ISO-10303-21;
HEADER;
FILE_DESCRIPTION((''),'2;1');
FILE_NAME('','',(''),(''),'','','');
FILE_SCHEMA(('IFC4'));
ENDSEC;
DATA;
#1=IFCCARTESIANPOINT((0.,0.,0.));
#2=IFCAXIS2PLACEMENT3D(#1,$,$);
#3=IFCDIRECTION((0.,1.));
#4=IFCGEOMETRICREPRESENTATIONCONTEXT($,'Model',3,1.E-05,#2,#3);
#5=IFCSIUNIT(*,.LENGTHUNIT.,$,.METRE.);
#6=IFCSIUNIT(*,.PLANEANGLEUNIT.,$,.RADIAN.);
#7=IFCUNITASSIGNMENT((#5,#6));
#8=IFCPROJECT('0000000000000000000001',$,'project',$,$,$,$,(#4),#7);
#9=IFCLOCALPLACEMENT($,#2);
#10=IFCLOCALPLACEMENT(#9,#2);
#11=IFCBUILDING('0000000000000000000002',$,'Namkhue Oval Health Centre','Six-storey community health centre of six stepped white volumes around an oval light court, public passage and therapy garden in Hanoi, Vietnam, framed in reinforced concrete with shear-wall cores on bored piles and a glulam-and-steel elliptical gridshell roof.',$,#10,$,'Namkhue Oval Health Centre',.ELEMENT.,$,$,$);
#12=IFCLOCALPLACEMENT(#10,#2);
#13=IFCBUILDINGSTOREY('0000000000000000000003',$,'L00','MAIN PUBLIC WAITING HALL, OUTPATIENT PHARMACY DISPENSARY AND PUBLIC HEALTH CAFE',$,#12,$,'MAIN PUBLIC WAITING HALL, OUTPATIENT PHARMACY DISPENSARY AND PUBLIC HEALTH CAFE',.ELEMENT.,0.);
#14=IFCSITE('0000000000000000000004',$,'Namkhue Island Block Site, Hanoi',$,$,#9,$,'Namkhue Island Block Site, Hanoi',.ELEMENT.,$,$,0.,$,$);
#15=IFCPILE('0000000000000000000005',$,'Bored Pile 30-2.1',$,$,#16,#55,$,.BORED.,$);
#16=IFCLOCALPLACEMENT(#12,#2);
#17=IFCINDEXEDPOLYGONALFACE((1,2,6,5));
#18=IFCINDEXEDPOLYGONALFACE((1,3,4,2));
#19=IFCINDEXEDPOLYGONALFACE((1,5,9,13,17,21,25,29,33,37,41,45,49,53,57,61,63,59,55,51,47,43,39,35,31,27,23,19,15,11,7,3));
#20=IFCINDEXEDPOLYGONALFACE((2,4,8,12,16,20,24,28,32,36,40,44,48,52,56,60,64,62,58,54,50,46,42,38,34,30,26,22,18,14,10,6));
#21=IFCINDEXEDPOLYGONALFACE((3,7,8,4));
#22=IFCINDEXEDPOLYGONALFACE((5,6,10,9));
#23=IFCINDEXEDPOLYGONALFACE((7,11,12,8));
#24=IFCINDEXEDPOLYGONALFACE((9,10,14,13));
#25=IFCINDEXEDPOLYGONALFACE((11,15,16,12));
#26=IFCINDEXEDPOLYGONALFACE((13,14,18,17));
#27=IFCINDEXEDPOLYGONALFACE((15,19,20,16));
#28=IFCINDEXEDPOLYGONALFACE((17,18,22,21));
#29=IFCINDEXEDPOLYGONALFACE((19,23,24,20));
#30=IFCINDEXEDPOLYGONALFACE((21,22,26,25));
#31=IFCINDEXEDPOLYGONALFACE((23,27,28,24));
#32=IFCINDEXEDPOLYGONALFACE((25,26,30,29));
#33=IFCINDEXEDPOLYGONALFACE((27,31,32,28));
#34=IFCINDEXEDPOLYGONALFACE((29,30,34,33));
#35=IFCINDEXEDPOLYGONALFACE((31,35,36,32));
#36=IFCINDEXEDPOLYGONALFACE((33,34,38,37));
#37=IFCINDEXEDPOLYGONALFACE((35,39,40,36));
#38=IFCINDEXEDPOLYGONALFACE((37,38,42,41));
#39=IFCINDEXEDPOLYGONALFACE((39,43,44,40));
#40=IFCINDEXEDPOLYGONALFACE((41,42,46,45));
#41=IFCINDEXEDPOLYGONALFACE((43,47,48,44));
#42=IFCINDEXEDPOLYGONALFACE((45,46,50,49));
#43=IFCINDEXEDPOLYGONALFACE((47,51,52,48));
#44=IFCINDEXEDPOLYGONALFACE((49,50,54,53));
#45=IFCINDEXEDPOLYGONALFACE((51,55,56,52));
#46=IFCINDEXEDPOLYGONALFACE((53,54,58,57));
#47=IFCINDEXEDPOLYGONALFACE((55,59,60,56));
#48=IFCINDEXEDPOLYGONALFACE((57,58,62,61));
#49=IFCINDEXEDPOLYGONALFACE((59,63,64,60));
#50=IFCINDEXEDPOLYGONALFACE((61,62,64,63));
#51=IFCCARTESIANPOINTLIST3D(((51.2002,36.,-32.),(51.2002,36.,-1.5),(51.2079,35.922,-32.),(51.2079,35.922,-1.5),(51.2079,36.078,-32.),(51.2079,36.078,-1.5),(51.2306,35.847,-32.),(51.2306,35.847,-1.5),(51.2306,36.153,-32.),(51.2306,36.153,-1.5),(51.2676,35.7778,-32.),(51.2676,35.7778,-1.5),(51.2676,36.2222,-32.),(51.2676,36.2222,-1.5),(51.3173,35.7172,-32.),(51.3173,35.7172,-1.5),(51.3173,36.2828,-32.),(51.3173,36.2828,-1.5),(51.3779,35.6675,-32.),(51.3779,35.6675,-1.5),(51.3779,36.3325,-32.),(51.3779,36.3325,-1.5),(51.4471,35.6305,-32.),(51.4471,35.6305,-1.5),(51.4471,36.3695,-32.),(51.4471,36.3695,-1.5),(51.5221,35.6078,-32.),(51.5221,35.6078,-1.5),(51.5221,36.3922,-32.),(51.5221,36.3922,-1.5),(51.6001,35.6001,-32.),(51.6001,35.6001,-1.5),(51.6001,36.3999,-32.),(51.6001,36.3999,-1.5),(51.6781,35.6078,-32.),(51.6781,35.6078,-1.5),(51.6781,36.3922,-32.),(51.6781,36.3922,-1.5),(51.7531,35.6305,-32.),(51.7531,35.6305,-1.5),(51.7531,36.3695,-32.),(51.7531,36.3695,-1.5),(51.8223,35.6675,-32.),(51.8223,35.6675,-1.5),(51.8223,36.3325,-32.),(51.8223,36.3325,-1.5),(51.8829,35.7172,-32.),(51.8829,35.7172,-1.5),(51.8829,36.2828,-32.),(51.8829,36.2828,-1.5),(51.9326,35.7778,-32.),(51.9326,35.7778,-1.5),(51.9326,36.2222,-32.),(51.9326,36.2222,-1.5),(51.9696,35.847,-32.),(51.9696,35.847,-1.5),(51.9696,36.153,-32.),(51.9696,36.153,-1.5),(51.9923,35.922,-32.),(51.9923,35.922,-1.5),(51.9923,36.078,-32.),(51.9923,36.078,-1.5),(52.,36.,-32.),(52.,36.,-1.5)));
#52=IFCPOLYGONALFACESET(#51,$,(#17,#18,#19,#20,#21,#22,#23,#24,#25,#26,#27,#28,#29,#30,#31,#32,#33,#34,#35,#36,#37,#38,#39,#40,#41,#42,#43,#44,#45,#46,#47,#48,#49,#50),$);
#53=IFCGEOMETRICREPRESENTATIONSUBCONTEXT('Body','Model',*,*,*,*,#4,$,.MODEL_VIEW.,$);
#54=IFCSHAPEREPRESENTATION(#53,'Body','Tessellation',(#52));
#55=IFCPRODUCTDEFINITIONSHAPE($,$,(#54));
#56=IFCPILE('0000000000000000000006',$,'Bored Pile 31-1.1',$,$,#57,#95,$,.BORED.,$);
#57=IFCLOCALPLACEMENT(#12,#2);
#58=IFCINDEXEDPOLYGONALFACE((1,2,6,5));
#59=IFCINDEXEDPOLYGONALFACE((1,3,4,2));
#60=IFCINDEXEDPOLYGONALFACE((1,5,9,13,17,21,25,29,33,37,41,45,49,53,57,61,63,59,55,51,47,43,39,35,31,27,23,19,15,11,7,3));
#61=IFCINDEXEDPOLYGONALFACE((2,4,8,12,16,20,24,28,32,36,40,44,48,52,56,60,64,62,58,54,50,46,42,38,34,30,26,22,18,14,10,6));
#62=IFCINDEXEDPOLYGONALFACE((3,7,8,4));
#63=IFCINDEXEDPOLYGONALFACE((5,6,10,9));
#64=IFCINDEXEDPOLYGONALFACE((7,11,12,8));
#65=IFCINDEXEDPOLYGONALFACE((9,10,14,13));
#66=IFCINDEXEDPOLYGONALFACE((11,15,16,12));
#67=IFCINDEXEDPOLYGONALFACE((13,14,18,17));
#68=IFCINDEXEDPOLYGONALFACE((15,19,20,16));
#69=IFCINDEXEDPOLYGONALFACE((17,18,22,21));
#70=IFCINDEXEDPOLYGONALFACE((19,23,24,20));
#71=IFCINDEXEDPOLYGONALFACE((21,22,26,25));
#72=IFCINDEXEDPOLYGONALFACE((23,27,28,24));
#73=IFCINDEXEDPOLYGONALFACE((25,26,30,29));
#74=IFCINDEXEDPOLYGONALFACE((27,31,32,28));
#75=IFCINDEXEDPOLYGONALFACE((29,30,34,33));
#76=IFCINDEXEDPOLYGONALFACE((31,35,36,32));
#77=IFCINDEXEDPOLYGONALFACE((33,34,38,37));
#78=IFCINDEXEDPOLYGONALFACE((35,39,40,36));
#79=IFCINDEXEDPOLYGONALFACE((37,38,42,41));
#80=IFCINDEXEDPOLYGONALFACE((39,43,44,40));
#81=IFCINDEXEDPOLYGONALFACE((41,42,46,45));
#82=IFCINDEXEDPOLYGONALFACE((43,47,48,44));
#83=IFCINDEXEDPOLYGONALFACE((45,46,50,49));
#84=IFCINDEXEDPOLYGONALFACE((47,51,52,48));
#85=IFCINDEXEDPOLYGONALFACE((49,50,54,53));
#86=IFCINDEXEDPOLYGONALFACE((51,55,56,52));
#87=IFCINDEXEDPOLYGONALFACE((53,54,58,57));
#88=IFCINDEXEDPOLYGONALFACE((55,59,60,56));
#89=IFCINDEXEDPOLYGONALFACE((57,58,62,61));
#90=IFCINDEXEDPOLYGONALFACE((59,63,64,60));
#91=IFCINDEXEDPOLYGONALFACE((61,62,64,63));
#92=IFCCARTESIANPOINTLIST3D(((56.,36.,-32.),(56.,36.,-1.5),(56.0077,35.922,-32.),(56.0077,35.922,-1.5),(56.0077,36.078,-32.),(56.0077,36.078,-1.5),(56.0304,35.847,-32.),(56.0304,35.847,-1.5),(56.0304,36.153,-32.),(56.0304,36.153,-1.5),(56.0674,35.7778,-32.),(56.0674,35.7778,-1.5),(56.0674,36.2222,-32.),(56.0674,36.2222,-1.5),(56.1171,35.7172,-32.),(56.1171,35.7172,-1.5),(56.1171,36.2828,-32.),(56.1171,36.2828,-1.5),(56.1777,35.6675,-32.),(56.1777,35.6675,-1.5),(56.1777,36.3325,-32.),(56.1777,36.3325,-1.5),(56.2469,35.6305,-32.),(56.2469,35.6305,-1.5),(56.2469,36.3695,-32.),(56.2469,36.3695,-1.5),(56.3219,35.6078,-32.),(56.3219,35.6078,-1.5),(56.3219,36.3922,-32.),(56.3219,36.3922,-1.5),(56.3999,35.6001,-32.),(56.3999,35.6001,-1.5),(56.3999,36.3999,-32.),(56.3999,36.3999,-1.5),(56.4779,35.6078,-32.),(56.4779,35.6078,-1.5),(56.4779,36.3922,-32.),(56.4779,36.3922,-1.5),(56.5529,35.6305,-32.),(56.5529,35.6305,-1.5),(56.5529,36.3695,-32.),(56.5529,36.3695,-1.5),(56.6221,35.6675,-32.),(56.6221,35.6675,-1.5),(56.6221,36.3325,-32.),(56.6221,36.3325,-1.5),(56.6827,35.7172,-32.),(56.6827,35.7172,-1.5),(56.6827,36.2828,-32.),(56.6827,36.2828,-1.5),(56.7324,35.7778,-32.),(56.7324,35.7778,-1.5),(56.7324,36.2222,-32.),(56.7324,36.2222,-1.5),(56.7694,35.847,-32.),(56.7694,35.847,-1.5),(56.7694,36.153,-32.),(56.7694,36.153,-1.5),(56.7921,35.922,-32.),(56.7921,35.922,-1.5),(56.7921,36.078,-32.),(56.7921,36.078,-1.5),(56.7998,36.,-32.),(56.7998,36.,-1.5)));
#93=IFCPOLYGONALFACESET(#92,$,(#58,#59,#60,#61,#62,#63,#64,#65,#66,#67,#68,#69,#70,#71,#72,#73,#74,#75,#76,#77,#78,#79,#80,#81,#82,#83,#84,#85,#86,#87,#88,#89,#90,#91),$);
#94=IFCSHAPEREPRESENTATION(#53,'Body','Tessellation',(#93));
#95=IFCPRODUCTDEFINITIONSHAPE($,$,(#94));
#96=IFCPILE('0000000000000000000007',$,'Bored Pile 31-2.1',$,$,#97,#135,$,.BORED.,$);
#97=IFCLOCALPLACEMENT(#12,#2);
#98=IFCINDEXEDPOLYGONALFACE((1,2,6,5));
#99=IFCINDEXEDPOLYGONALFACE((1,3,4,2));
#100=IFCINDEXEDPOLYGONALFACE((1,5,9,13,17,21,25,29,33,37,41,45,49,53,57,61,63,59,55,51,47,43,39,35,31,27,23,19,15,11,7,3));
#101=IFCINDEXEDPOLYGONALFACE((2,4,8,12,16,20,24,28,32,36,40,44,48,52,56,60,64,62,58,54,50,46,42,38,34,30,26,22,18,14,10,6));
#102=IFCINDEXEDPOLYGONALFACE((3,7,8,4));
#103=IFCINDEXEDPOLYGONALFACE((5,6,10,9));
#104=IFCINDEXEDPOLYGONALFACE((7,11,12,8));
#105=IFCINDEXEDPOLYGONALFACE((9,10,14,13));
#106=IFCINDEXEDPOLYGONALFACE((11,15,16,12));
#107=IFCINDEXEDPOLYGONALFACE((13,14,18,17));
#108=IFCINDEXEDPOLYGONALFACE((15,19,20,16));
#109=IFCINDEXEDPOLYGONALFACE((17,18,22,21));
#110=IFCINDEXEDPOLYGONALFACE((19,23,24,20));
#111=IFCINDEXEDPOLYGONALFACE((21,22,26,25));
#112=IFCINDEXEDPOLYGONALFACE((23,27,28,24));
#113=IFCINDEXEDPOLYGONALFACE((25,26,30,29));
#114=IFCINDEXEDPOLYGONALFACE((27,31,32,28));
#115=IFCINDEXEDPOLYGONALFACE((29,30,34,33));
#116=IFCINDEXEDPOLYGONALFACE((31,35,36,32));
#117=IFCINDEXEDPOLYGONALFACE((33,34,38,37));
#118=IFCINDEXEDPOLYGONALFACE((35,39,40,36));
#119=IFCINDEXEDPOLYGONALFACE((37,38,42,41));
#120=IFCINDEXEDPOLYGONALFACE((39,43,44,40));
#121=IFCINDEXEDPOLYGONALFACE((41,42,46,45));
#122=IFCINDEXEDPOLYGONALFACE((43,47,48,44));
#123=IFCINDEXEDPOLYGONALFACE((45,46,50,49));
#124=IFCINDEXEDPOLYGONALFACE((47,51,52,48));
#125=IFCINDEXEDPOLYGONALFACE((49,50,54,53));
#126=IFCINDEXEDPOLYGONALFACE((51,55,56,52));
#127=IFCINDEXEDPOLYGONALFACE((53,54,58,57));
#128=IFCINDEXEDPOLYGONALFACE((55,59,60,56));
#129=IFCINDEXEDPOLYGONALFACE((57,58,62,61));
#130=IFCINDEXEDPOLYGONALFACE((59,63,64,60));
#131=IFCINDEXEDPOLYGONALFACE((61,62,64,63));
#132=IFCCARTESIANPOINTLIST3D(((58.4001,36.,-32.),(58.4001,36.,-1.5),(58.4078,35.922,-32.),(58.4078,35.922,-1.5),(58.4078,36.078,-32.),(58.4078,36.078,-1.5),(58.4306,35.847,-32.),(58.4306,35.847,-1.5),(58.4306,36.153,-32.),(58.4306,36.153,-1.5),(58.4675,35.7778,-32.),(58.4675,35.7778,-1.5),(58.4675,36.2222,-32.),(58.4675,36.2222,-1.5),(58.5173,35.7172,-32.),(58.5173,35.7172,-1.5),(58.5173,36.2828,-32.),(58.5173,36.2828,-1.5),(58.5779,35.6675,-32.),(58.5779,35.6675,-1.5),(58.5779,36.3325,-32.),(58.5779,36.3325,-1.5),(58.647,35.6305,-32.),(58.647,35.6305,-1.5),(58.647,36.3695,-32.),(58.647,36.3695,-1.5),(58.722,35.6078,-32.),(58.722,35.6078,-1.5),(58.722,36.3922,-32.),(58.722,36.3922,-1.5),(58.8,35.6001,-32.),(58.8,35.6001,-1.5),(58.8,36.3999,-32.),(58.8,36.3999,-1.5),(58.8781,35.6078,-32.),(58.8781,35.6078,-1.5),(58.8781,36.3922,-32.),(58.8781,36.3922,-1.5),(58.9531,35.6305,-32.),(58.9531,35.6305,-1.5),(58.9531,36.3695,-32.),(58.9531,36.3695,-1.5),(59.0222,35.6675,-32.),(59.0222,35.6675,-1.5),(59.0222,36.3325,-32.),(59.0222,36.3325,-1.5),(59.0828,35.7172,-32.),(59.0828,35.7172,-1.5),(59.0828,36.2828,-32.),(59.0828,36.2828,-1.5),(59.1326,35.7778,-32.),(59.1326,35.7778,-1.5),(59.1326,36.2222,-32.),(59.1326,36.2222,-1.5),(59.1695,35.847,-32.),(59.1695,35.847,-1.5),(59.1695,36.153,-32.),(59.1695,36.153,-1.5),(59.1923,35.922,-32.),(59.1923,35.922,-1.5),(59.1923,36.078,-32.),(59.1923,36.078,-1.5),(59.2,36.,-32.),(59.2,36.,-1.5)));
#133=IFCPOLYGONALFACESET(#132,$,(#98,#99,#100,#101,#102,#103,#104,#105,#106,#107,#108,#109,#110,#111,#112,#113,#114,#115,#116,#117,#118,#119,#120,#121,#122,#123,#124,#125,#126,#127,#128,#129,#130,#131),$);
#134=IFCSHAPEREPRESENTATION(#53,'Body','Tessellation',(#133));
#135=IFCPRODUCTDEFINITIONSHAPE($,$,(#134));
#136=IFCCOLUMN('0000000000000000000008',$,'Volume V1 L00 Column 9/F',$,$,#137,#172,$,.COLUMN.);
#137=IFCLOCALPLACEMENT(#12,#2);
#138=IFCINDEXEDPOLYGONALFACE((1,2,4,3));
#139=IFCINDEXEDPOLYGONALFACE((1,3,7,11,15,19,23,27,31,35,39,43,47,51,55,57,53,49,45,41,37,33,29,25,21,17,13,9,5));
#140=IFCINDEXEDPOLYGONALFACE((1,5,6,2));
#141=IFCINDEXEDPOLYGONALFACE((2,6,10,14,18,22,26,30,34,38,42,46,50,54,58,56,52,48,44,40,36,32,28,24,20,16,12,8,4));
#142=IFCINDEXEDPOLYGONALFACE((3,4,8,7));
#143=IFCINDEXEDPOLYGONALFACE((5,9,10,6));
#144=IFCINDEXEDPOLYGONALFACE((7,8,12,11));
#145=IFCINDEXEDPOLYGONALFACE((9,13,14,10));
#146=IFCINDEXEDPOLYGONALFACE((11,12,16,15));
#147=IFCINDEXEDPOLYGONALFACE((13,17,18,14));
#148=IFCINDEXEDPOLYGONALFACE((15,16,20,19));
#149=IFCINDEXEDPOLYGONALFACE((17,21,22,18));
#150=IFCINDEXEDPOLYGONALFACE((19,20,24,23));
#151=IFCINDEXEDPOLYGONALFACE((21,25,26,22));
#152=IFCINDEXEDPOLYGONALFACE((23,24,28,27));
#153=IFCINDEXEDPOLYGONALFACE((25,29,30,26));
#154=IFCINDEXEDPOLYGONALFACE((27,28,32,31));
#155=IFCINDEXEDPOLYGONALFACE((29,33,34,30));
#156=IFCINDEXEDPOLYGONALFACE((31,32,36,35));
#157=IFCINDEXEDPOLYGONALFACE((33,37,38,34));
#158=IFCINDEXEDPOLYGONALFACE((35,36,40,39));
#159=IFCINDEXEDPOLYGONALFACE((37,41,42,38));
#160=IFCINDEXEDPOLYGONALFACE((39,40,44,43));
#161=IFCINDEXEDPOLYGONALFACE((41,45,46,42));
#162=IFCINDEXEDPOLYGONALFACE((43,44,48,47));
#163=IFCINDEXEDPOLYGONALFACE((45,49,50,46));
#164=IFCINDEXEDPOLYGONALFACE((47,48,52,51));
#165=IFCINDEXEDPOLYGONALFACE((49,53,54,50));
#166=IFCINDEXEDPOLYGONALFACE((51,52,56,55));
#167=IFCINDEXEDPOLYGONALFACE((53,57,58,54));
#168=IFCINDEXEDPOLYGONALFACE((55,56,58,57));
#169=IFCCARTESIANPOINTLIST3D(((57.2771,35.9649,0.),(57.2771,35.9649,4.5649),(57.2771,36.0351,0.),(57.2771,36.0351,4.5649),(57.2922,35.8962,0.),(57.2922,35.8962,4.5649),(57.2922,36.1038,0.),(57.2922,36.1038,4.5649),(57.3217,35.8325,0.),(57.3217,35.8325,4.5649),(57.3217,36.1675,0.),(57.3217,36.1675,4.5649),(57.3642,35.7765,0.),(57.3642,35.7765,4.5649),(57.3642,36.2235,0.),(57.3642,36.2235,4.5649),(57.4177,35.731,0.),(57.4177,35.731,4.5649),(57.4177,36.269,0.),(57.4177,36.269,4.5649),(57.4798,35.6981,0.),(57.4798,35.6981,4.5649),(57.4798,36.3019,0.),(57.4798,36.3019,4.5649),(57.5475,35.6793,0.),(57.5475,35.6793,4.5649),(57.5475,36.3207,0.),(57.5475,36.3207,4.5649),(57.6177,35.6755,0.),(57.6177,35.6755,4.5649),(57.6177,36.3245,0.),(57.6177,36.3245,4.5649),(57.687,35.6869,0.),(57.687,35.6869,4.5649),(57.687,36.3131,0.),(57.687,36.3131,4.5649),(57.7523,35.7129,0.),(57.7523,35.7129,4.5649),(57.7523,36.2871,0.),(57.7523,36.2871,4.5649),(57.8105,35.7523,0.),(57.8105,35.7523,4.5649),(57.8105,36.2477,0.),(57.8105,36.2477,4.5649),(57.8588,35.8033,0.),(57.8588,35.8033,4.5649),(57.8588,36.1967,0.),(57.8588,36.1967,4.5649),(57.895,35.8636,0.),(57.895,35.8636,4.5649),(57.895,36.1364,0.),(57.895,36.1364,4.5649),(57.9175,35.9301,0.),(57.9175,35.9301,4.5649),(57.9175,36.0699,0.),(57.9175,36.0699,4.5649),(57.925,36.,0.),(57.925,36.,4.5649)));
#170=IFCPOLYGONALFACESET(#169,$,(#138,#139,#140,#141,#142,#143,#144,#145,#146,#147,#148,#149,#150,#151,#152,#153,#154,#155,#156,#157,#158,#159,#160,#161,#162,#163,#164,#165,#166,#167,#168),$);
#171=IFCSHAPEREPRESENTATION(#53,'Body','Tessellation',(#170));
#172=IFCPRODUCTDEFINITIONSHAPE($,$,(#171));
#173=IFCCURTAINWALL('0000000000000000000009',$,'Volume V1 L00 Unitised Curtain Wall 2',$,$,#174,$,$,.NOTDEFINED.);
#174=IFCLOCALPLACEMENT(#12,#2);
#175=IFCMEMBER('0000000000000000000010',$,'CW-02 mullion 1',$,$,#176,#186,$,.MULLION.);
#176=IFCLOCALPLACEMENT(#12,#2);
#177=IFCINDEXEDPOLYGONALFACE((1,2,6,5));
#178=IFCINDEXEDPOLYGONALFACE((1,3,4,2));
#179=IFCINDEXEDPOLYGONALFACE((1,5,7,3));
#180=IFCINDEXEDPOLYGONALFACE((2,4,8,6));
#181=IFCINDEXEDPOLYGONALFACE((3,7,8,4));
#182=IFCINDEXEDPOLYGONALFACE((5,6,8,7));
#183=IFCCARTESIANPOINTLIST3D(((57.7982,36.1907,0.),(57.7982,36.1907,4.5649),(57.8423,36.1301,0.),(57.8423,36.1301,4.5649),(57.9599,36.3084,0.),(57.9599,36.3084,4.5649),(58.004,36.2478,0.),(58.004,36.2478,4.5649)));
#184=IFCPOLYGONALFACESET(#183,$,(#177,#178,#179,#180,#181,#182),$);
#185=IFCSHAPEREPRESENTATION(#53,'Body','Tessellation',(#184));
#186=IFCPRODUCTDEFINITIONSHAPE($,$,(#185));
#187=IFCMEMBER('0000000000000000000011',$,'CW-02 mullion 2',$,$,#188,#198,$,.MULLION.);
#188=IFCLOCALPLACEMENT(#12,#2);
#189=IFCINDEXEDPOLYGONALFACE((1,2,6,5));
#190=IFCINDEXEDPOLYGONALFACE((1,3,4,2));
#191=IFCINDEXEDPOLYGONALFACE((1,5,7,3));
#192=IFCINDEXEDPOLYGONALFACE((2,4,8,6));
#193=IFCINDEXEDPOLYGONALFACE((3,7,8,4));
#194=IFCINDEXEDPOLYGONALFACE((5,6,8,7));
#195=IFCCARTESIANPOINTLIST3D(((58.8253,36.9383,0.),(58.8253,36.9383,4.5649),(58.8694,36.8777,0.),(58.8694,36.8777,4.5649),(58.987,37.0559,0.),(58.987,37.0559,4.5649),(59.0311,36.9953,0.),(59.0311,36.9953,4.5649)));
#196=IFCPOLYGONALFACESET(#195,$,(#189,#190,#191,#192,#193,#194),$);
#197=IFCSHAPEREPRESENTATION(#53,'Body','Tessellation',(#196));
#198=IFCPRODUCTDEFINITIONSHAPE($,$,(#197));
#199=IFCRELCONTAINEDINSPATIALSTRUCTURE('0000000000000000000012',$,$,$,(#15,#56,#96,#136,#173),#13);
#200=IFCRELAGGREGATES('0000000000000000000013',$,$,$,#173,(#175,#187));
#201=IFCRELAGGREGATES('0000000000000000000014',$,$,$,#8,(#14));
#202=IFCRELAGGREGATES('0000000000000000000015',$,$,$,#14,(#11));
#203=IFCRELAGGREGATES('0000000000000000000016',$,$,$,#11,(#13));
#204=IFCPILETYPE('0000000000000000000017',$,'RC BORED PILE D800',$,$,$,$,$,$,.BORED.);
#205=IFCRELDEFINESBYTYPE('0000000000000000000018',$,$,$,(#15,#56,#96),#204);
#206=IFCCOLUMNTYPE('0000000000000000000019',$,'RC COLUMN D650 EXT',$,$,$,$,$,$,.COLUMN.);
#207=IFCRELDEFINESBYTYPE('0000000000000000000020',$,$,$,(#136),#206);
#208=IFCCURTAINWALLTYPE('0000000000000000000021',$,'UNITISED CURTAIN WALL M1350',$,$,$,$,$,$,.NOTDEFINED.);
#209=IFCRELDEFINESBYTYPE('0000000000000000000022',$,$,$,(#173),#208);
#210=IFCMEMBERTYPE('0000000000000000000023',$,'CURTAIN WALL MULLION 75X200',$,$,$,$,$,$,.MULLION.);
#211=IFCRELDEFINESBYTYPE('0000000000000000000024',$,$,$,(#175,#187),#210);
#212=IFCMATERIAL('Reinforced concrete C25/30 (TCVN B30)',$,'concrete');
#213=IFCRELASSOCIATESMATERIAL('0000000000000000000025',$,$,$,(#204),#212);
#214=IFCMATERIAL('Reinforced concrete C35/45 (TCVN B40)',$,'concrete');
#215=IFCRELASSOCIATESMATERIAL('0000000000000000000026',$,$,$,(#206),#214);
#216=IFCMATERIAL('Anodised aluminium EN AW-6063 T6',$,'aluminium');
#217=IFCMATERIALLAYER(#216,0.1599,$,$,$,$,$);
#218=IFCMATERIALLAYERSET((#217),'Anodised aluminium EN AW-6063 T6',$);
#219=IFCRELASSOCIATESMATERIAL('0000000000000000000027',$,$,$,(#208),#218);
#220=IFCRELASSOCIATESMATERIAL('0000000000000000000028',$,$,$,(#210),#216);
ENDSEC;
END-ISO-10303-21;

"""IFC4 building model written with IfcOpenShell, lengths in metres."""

from ifc_helpers import new_model, si_unit, direction, frame, origin, origin_2d, place, context, subcontext, project, spatial, rectangle, circle, extrude, material, layer, layer_set, material_profile, profile_set, type_object, element, aggregate, save


model = new_model("IFC4")

# Units and contexts
model_context = context("Model", 3, precision=1e-05, world=origin(), true_north=direction((0.0, 1.0)))
body_context = subcontext(model_context, "Body", "Model", "MODEL_VIEW")
ifc_project = project(units=[si_unit("LENGTHUNIT", "METRE"), si_unit("PLANEANGLEUNIT", "RADIAN")], contexts=[model_context])

# Site, building, storey
site_placement = place(None, origin())
site = spatial("IfcSite", under=ifc_project, at=site_placement, Name="Namkhue Island Block Site, Hanoi", LongName="Namkhue Island Block Site, Hanoi", CompositionType="ELEMENT", RefElevation=0.0)
building_placement = place(site_placement, origin())
building = spatial("IfcBuilding", under=site, at=building_placement, Name="Namkhue Oval Health Centre", Description="Six-storey community health centre of six stepped white volumes around an oval light court, public passage and therapy garden in Hanoi, Vietnam, framed in reinforced concrete with shear-wall cores on bored piles and a glulam-and-steel elliptical gridshell roof.", LongName="Namkhue Oval Health Centre", CompositionType="ELEMENT")
storey_placement = place(building_placement, origin())
storey = spatial("IfcBuildingStorey", under=building, at=storey_placement, Name="L00", Description="MAIN PUBLIC WAITING HALL, OUTPATIENT PHARMACY DISPENSARY AND PUBLIC HEALTH CAFE", LongName="MAIN PUBLIC WAITING HALL, OUTPATIENT PHARMACY DISPENSARY AND PUBLIC HEALTH CAFE", CompositionType="ELEMENT", Elevation=0.0)

# Piles
ifc_material_1 = material(Name="Reinforced concrete C25/30 (TCVN B30)", Category="concrete")
ifc_material_profile_1 = material_profile(ifc_material_1, circle(Radius=0.3999, at=origin_2d()), Name="BORED PILE D800")
ifc_profile_set_1 = profile_set([ifc_material_profile_1], Name="Reinforced concrete C25/30 (TCVN B30)")
pile_type_1 = type_object("IfcPileType", Name="RC BORED PILE D800", PredefinedType="BORED", material=ifc_profile_set_1)
for number, where, z_axis, x_axis, name in (
    (1, (51.6001, 36.0, -1.5), (0.0, 0.0, -1.0), (1.0, 0.0, 0.0), "Bored Pile 30-2.1"),
    (2, (56.3999, 36.0, -1.5), (0.0, 0.0, -1.0), (1.0, 0.0, 0.0), "Bored Pile 31-1.1"),
    (3, (58.8, 36.0, -1.5), (0.0, 0.0, -1.0), (1.0, 0.0, 0.0), "Bored Pile 31-2.1"),
):
    element("IfcPile", number, at=place(storey_placement, frame(where, z_axis=z_axis, x_axis=x_axis)), inside=storey, type_object=pile_type_1, Name=name, PredefinedType="BORED", context=body_context, shape_type="SweptSolid", body=[
        extrude(circle(Radius=0.3999, at=origin_2d()), origin(), (0.0, 0.0, 1.0), 30.5),
    ])

# Column
ifc_material_2 = material(Name="Reinforced concrete C35/45 (TCVN B40)", Category="concrete")
ifc_material_profile_2 = material_profile(ifc_material_2, circle(Radius=0.325, at=origin_2d()), Name="RC D650")
ifc_profile_set_2 = profile_set([ifc_material_profile_2], Name="Reinforced concrete C35/45 (TCVN B40)")
column_type = type_object("IfcColumnType", Name="RC COLUMN D650 EXT", PredefinedType="COLUMN", material=ifc_profile_set_2)
column_placement = place(storey_placement, frame((57.6001, 36.0, 0.0), z_axis=(0.0, 0.0, 1.0), x_axis=(1.0, 0.0, 0.0)))
element("IfcColumn", 4, at=column_placement, inside=storey, type_object=column_type, Name="Volume V1 L00 Column 9/F", PredefinedType="COLUMN", context=body_context, shape_type="SweptSolid", body=[
    extrude(circle(Radius=0.325, at=origin_2d()), origin(), (0.0, 0.0, 1.0), 4.5649),
])

# Curtain wall, members
ifc_material_3 = material(Name="Anodised aluminium EN AW-6063 T6", Category="aluminium")
ifc_layer_1 = layer(ifc_material_3, 0.1599)
ifc_layer_set_1 = layer_set([ifc_layer_1], Name="Anodised aluminium EN AW-6063 T6")
curtain_wall_type = type_object("IfcCurtainWallType", Name="UNITISED CURTAIN WALL M1350", PredefinedType="NOTDEFINED", material=ifc_layer_set_1)
curtain_wall_placement = place(storey_placement, origin())
curtain_wall = element("IfcCurtainWall", 5, at=curtain_wall_placement, inside=storey, type_object=curtain_wall_type, Name="Volume V1 L00 Unitised Curtain Wall 2", PredefinedType="NOTDEFINED")
ifc_material_profile_3 = material_profile(ifc_material_3, rectangle(XDim=0.075, YDim=0.2, at=origin_2d()), Name="ALU 75x200")
ifc_profile_set_3 = profile_set([ifc_material_profile_3], Name="Anodised aluminium EN AW-6063 T6")
member_type_1 = type_object("IfcMemberType", Name="CURTAIN WALL MULLION 75X200", PredefinedType="MULLION", material=ifc_profile_set_3)
member_1_placement = place(storey_placement, frame((57.9011, 36.2192, 0.0), z_axis=(0.0, 0.0, 1.0), x_axis=(-0.588477, 0.808514, 0.0)))
member_1 = element("IfcMember", 6, at=member_1_placement, type_object=member_type_1, Name="CW-02 mullion 1", PredefinedType="MULLION", context=body_context, shape_type="SweptSolid", body=[
    extrude(rectangle(XDim=0.075, YDim=0.2, at=origin_2d()), origin(), (0.0, 0.0, 1.0), 4.5649),
])
member_2_placement = place(storey_placement, frame((58.9282, 36.9668, 0.0), z_axis=(0.0, 0.0, 1.0), x_axis=(-0.588477, 0.808514, 0.0)))
member_2 = element("IfcMember", 7, at=member_2_placement, type_object=member_type_1, Name="CW-02 mullion 2", PredefinedType="MULLION", context=body_context, shape_type="SweptSolid", body=[
    extrude(rectangle(XDim=0.075, YDim=0.2, at=origin_2d()), origin(), (0.0, 0.0, 1.0), 4.5649),
])

aggregate(curtain_wall, [member_1, member_2])

save(model, "model.ifc")
